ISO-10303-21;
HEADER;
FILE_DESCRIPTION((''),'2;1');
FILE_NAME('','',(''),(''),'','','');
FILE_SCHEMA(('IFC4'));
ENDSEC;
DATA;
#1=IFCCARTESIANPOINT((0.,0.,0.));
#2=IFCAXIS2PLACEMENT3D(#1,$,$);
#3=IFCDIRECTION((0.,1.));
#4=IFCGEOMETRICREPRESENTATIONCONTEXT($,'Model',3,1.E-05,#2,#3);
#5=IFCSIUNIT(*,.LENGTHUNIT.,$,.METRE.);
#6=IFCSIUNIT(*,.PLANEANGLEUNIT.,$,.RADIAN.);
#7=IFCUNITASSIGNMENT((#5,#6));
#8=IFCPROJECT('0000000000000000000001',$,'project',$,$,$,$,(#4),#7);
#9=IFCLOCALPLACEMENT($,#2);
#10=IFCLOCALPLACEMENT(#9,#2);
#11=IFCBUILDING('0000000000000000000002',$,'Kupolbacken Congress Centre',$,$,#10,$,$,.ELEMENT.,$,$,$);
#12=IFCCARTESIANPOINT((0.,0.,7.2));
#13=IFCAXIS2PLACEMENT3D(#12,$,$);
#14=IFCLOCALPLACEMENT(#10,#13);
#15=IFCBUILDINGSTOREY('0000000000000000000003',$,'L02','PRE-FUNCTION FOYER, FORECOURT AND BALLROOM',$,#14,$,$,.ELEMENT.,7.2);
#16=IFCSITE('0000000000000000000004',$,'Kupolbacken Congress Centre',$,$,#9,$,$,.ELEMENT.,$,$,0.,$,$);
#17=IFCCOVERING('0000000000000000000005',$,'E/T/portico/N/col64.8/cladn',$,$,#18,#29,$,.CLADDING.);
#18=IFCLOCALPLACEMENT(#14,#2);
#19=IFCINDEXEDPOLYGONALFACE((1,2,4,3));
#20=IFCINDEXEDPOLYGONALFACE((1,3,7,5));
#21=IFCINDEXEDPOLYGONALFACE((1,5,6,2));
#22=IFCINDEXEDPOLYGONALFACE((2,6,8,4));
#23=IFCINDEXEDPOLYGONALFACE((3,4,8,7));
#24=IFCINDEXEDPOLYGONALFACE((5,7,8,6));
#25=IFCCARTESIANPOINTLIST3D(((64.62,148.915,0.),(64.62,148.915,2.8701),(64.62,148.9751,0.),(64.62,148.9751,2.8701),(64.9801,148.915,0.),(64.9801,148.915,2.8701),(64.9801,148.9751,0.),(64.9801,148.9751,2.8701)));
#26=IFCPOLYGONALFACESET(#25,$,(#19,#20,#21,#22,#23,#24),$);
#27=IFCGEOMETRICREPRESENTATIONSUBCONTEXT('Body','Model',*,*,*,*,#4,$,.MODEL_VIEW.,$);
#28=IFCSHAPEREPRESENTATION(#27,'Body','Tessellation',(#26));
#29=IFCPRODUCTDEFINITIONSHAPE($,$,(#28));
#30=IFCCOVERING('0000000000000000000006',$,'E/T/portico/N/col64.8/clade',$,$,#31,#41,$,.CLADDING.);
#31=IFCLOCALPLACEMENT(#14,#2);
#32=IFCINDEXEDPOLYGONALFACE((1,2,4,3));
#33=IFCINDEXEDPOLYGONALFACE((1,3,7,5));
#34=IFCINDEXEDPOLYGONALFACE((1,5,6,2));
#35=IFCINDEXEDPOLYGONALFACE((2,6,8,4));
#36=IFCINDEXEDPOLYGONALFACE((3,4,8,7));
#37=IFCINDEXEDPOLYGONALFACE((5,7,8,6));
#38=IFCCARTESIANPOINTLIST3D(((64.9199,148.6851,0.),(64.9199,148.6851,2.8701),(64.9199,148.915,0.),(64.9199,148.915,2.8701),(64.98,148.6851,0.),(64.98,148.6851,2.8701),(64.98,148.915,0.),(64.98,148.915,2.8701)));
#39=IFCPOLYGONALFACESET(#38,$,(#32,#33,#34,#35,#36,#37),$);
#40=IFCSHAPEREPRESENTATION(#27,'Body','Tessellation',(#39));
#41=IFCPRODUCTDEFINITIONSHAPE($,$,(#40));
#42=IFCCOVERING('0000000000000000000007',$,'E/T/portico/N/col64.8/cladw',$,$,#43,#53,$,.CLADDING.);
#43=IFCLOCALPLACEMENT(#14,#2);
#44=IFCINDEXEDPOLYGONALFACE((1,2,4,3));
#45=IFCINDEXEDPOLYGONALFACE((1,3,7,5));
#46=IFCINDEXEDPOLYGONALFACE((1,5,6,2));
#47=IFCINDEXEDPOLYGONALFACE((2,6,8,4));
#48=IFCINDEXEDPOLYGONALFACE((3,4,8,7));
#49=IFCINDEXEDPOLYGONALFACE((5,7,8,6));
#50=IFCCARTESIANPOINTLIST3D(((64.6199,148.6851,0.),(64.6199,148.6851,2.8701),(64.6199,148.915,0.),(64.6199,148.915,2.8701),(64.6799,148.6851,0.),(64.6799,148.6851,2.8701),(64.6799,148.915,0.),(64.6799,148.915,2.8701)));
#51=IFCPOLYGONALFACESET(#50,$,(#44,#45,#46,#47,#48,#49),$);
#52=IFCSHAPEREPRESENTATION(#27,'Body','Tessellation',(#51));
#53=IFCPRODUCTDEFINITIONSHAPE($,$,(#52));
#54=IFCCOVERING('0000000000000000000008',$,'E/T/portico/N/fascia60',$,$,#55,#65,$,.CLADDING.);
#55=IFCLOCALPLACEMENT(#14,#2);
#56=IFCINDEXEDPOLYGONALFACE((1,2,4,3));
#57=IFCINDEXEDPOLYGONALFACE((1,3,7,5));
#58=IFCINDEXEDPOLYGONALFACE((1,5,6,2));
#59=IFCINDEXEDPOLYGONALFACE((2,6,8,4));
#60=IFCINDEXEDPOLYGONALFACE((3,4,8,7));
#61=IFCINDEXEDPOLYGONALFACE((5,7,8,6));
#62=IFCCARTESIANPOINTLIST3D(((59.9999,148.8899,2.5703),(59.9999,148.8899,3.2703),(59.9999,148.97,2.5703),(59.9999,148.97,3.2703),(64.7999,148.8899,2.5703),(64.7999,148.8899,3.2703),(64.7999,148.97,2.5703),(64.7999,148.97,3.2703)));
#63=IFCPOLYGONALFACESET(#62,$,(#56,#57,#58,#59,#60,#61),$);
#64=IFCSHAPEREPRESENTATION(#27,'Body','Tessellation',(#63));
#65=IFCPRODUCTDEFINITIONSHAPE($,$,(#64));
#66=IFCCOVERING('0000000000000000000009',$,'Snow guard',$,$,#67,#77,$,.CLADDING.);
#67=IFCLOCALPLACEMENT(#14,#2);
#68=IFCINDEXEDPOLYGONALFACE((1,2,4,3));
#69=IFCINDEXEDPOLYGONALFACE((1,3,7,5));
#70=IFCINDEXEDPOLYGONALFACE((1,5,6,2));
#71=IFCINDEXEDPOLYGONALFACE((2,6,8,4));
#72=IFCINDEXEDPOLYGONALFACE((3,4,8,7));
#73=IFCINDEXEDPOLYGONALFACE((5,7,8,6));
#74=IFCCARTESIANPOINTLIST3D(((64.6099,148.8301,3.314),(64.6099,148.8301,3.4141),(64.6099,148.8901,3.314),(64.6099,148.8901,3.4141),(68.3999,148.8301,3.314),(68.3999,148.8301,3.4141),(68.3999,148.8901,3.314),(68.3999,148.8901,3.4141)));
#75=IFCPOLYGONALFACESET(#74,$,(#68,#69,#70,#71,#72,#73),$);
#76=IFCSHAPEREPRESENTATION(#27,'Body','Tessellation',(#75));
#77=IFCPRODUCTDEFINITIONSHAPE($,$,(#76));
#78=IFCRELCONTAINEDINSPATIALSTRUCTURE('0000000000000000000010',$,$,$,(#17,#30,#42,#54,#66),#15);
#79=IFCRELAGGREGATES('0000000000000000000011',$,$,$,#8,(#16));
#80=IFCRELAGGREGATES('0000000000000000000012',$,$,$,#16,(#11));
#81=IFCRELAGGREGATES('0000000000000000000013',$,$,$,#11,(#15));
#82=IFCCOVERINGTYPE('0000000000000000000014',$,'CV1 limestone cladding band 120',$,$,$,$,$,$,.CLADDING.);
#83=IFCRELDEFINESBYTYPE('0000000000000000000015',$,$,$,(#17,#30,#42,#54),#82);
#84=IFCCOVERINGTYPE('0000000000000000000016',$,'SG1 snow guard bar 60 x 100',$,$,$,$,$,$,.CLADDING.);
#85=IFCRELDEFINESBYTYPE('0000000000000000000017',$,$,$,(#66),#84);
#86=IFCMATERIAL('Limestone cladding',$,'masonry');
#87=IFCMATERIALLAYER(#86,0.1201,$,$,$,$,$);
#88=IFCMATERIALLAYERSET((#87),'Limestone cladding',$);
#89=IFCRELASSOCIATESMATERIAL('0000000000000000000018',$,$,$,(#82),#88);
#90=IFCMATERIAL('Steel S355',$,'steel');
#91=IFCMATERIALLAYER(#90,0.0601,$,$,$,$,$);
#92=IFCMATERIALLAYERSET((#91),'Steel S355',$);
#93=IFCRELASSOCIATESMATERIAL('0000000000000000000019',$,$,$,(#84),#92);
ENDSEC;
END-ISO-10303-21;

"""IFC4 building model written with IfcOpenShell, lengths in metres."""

from ifc_helpers import new_model, si_unit, direction, frame, origin, origin_2d, place, context, subcontext, project, spatial, rectangle, extrude, material, layer, layer_set, type_object, element, save


model = new_model("IFC4")

# Units and contexts
model_context = context("Model", 3, precision=1e-05, world=origin(), true_north=direction((0.0, 1.0)))
body_context = subcontext(model_context, "Body", "Model", "MODEL_VIEW")
ifc_project = project(units=[si_unit("LENGTHUNIT", "METRE"), si_unit("PLANEANGLEUNIT", "RADIAN")], contexts=[model_context])

# Site, building, storey
site_placement = place(None, origin())
site = spatial("IfcSite", under=ifc_project, at=site_placement, Name="Kupolbacken Congress Centre", CompositionType="ELEMENT", RefElevation=0.0)
building_placement = place(site_placement, origin())
building = spatial("IfcBuilding", under=site, at=building_placement, Name="Kupolbacken Congress Centre", CompositionType="ELEMENT")
storey_placement = place(building_placement, frame((0.0, 0.0, 7.2)))
storey = spatial("IfcBuildingStorey", under=building, at=storey_placement, Name="L02", Description="PRE-FUNCTION FOYER, FORECOURT AND BALLROOM", CompositionType="ELEMENT", Elevation=7.2)

# Coverings
ifc_material_1 = material(Name="Limestone cladding", Category="masonry")
ifc_layer_1 = layer(ifc_material_1, 0.1201)
ifc_layer_set_1 = layer_set([ifc_layer_1], Name="Limestone cladding")
covering_type_1 = type_object("IfcCoveringType", Name="CV1 limestone cladding band 120", PredefinedType="CLADDING", material=ifc_layer_set_1)
covering_1_placement = place(storey_placement, frame((64.8, 148.9451, 0.0), z_axis=(0.0, 0.0, 1.0), x_axis=(1.0, 0.0, 0.0)))
element("IfcCovering", 1, at=covering_1_placement, inside=storey, type_object=covering_type_1, Name="E/T/portico/N/col64.8/cladn", PredefinedType="CLADDING", context=body_context, shape_type="SweptSolid", body=[
    extrude(rectangle(XDim=0.3601, YDim=0.0601, at=origin_2d()), origin(), (0.0, 0.0, 1.0), 2.8701),
])
for number, where, z_axis, x_axis, name in (
    (2, (64.95, 148.8, 0.0), (0.0, 0.0, 1.0), (1.0, 0.0, 0.0), "E/T/portico/N/col64.8/clade"),
    (3, (64.6499, 148.8, 0.0), (0.0, 0.0, 1.0), (1.0, 0.0, 0.0), "E/T/portico/N/col64.8/cladw"),
):
    element("IfcCovering", number, at=place(storey_placement, frame(where, z_axis=z_axis, x_axis=x_axis)), inside=storey, type_object=covering_type_1, Name=name, PredefinedType="CLADDING", context=body_context, shape_type="SweptSolid", body=[
        extrude(rectangle(XDim=0.0601, YDim=0.23, at=origin_2d()), origin(), (0.0, 0.0, 1.0), 2.8701),
    ])
covering_2_placement = place(storey_placement, frame((62.3999, 148.9299, 2.5703), z_axis=(0.0, 0.0, 1.0), x_axis=(1.0, 0.0, 0.0)))
element("IfcCovering", 4, at=covering_2_placement, inside=storey, type_object=covering_type_1, Name="E/T/portico/N/fascia60", PredefinedType="CLADDING", context=body_context, shape_type="SweptSolid", body=[
    extrude(rectangle(XDim=4.8, YDim=0.0801, at=origin_2d()), origin(), (0.0, 0.0, 1.0), 0.7),
])
ifc_material_2 = material(Name="Steel S355", Category="steel")
ifc_layer_2 = layer(ifc_material_2, 0.0601)
ifc_layer_set_2 = layer_set([ifc_layer_2], Name="Steel S355")
covering_type_2 = type_object("IfcCoveringType", Name="SG1 snow guard bar 60 x 100", PredefinedType="CLADDING", material=ifc_layer_set_2)
covering_3_placement = place(storey_placement, frame((66.5049, 148.8601, 3.314), z_axis=(0.0, 0.0, 1.0), x_axis=(1.0, 0.0, 0.0)))
element("IfcCovering", 5, at=covering_3_placement, inside=storey, type_object=covering_type_2, Name="Snow guard", PredefinedType="CLADDING", context=body_context, shape_type="SweptSolid", body=[
    extrude(rectangle(XDim=3.79, YDim=0.0601, at=origin_2d()), origin(), (0.0, 0.0, 1.0), 0.1001),
])

save(model, "model.ifc")
